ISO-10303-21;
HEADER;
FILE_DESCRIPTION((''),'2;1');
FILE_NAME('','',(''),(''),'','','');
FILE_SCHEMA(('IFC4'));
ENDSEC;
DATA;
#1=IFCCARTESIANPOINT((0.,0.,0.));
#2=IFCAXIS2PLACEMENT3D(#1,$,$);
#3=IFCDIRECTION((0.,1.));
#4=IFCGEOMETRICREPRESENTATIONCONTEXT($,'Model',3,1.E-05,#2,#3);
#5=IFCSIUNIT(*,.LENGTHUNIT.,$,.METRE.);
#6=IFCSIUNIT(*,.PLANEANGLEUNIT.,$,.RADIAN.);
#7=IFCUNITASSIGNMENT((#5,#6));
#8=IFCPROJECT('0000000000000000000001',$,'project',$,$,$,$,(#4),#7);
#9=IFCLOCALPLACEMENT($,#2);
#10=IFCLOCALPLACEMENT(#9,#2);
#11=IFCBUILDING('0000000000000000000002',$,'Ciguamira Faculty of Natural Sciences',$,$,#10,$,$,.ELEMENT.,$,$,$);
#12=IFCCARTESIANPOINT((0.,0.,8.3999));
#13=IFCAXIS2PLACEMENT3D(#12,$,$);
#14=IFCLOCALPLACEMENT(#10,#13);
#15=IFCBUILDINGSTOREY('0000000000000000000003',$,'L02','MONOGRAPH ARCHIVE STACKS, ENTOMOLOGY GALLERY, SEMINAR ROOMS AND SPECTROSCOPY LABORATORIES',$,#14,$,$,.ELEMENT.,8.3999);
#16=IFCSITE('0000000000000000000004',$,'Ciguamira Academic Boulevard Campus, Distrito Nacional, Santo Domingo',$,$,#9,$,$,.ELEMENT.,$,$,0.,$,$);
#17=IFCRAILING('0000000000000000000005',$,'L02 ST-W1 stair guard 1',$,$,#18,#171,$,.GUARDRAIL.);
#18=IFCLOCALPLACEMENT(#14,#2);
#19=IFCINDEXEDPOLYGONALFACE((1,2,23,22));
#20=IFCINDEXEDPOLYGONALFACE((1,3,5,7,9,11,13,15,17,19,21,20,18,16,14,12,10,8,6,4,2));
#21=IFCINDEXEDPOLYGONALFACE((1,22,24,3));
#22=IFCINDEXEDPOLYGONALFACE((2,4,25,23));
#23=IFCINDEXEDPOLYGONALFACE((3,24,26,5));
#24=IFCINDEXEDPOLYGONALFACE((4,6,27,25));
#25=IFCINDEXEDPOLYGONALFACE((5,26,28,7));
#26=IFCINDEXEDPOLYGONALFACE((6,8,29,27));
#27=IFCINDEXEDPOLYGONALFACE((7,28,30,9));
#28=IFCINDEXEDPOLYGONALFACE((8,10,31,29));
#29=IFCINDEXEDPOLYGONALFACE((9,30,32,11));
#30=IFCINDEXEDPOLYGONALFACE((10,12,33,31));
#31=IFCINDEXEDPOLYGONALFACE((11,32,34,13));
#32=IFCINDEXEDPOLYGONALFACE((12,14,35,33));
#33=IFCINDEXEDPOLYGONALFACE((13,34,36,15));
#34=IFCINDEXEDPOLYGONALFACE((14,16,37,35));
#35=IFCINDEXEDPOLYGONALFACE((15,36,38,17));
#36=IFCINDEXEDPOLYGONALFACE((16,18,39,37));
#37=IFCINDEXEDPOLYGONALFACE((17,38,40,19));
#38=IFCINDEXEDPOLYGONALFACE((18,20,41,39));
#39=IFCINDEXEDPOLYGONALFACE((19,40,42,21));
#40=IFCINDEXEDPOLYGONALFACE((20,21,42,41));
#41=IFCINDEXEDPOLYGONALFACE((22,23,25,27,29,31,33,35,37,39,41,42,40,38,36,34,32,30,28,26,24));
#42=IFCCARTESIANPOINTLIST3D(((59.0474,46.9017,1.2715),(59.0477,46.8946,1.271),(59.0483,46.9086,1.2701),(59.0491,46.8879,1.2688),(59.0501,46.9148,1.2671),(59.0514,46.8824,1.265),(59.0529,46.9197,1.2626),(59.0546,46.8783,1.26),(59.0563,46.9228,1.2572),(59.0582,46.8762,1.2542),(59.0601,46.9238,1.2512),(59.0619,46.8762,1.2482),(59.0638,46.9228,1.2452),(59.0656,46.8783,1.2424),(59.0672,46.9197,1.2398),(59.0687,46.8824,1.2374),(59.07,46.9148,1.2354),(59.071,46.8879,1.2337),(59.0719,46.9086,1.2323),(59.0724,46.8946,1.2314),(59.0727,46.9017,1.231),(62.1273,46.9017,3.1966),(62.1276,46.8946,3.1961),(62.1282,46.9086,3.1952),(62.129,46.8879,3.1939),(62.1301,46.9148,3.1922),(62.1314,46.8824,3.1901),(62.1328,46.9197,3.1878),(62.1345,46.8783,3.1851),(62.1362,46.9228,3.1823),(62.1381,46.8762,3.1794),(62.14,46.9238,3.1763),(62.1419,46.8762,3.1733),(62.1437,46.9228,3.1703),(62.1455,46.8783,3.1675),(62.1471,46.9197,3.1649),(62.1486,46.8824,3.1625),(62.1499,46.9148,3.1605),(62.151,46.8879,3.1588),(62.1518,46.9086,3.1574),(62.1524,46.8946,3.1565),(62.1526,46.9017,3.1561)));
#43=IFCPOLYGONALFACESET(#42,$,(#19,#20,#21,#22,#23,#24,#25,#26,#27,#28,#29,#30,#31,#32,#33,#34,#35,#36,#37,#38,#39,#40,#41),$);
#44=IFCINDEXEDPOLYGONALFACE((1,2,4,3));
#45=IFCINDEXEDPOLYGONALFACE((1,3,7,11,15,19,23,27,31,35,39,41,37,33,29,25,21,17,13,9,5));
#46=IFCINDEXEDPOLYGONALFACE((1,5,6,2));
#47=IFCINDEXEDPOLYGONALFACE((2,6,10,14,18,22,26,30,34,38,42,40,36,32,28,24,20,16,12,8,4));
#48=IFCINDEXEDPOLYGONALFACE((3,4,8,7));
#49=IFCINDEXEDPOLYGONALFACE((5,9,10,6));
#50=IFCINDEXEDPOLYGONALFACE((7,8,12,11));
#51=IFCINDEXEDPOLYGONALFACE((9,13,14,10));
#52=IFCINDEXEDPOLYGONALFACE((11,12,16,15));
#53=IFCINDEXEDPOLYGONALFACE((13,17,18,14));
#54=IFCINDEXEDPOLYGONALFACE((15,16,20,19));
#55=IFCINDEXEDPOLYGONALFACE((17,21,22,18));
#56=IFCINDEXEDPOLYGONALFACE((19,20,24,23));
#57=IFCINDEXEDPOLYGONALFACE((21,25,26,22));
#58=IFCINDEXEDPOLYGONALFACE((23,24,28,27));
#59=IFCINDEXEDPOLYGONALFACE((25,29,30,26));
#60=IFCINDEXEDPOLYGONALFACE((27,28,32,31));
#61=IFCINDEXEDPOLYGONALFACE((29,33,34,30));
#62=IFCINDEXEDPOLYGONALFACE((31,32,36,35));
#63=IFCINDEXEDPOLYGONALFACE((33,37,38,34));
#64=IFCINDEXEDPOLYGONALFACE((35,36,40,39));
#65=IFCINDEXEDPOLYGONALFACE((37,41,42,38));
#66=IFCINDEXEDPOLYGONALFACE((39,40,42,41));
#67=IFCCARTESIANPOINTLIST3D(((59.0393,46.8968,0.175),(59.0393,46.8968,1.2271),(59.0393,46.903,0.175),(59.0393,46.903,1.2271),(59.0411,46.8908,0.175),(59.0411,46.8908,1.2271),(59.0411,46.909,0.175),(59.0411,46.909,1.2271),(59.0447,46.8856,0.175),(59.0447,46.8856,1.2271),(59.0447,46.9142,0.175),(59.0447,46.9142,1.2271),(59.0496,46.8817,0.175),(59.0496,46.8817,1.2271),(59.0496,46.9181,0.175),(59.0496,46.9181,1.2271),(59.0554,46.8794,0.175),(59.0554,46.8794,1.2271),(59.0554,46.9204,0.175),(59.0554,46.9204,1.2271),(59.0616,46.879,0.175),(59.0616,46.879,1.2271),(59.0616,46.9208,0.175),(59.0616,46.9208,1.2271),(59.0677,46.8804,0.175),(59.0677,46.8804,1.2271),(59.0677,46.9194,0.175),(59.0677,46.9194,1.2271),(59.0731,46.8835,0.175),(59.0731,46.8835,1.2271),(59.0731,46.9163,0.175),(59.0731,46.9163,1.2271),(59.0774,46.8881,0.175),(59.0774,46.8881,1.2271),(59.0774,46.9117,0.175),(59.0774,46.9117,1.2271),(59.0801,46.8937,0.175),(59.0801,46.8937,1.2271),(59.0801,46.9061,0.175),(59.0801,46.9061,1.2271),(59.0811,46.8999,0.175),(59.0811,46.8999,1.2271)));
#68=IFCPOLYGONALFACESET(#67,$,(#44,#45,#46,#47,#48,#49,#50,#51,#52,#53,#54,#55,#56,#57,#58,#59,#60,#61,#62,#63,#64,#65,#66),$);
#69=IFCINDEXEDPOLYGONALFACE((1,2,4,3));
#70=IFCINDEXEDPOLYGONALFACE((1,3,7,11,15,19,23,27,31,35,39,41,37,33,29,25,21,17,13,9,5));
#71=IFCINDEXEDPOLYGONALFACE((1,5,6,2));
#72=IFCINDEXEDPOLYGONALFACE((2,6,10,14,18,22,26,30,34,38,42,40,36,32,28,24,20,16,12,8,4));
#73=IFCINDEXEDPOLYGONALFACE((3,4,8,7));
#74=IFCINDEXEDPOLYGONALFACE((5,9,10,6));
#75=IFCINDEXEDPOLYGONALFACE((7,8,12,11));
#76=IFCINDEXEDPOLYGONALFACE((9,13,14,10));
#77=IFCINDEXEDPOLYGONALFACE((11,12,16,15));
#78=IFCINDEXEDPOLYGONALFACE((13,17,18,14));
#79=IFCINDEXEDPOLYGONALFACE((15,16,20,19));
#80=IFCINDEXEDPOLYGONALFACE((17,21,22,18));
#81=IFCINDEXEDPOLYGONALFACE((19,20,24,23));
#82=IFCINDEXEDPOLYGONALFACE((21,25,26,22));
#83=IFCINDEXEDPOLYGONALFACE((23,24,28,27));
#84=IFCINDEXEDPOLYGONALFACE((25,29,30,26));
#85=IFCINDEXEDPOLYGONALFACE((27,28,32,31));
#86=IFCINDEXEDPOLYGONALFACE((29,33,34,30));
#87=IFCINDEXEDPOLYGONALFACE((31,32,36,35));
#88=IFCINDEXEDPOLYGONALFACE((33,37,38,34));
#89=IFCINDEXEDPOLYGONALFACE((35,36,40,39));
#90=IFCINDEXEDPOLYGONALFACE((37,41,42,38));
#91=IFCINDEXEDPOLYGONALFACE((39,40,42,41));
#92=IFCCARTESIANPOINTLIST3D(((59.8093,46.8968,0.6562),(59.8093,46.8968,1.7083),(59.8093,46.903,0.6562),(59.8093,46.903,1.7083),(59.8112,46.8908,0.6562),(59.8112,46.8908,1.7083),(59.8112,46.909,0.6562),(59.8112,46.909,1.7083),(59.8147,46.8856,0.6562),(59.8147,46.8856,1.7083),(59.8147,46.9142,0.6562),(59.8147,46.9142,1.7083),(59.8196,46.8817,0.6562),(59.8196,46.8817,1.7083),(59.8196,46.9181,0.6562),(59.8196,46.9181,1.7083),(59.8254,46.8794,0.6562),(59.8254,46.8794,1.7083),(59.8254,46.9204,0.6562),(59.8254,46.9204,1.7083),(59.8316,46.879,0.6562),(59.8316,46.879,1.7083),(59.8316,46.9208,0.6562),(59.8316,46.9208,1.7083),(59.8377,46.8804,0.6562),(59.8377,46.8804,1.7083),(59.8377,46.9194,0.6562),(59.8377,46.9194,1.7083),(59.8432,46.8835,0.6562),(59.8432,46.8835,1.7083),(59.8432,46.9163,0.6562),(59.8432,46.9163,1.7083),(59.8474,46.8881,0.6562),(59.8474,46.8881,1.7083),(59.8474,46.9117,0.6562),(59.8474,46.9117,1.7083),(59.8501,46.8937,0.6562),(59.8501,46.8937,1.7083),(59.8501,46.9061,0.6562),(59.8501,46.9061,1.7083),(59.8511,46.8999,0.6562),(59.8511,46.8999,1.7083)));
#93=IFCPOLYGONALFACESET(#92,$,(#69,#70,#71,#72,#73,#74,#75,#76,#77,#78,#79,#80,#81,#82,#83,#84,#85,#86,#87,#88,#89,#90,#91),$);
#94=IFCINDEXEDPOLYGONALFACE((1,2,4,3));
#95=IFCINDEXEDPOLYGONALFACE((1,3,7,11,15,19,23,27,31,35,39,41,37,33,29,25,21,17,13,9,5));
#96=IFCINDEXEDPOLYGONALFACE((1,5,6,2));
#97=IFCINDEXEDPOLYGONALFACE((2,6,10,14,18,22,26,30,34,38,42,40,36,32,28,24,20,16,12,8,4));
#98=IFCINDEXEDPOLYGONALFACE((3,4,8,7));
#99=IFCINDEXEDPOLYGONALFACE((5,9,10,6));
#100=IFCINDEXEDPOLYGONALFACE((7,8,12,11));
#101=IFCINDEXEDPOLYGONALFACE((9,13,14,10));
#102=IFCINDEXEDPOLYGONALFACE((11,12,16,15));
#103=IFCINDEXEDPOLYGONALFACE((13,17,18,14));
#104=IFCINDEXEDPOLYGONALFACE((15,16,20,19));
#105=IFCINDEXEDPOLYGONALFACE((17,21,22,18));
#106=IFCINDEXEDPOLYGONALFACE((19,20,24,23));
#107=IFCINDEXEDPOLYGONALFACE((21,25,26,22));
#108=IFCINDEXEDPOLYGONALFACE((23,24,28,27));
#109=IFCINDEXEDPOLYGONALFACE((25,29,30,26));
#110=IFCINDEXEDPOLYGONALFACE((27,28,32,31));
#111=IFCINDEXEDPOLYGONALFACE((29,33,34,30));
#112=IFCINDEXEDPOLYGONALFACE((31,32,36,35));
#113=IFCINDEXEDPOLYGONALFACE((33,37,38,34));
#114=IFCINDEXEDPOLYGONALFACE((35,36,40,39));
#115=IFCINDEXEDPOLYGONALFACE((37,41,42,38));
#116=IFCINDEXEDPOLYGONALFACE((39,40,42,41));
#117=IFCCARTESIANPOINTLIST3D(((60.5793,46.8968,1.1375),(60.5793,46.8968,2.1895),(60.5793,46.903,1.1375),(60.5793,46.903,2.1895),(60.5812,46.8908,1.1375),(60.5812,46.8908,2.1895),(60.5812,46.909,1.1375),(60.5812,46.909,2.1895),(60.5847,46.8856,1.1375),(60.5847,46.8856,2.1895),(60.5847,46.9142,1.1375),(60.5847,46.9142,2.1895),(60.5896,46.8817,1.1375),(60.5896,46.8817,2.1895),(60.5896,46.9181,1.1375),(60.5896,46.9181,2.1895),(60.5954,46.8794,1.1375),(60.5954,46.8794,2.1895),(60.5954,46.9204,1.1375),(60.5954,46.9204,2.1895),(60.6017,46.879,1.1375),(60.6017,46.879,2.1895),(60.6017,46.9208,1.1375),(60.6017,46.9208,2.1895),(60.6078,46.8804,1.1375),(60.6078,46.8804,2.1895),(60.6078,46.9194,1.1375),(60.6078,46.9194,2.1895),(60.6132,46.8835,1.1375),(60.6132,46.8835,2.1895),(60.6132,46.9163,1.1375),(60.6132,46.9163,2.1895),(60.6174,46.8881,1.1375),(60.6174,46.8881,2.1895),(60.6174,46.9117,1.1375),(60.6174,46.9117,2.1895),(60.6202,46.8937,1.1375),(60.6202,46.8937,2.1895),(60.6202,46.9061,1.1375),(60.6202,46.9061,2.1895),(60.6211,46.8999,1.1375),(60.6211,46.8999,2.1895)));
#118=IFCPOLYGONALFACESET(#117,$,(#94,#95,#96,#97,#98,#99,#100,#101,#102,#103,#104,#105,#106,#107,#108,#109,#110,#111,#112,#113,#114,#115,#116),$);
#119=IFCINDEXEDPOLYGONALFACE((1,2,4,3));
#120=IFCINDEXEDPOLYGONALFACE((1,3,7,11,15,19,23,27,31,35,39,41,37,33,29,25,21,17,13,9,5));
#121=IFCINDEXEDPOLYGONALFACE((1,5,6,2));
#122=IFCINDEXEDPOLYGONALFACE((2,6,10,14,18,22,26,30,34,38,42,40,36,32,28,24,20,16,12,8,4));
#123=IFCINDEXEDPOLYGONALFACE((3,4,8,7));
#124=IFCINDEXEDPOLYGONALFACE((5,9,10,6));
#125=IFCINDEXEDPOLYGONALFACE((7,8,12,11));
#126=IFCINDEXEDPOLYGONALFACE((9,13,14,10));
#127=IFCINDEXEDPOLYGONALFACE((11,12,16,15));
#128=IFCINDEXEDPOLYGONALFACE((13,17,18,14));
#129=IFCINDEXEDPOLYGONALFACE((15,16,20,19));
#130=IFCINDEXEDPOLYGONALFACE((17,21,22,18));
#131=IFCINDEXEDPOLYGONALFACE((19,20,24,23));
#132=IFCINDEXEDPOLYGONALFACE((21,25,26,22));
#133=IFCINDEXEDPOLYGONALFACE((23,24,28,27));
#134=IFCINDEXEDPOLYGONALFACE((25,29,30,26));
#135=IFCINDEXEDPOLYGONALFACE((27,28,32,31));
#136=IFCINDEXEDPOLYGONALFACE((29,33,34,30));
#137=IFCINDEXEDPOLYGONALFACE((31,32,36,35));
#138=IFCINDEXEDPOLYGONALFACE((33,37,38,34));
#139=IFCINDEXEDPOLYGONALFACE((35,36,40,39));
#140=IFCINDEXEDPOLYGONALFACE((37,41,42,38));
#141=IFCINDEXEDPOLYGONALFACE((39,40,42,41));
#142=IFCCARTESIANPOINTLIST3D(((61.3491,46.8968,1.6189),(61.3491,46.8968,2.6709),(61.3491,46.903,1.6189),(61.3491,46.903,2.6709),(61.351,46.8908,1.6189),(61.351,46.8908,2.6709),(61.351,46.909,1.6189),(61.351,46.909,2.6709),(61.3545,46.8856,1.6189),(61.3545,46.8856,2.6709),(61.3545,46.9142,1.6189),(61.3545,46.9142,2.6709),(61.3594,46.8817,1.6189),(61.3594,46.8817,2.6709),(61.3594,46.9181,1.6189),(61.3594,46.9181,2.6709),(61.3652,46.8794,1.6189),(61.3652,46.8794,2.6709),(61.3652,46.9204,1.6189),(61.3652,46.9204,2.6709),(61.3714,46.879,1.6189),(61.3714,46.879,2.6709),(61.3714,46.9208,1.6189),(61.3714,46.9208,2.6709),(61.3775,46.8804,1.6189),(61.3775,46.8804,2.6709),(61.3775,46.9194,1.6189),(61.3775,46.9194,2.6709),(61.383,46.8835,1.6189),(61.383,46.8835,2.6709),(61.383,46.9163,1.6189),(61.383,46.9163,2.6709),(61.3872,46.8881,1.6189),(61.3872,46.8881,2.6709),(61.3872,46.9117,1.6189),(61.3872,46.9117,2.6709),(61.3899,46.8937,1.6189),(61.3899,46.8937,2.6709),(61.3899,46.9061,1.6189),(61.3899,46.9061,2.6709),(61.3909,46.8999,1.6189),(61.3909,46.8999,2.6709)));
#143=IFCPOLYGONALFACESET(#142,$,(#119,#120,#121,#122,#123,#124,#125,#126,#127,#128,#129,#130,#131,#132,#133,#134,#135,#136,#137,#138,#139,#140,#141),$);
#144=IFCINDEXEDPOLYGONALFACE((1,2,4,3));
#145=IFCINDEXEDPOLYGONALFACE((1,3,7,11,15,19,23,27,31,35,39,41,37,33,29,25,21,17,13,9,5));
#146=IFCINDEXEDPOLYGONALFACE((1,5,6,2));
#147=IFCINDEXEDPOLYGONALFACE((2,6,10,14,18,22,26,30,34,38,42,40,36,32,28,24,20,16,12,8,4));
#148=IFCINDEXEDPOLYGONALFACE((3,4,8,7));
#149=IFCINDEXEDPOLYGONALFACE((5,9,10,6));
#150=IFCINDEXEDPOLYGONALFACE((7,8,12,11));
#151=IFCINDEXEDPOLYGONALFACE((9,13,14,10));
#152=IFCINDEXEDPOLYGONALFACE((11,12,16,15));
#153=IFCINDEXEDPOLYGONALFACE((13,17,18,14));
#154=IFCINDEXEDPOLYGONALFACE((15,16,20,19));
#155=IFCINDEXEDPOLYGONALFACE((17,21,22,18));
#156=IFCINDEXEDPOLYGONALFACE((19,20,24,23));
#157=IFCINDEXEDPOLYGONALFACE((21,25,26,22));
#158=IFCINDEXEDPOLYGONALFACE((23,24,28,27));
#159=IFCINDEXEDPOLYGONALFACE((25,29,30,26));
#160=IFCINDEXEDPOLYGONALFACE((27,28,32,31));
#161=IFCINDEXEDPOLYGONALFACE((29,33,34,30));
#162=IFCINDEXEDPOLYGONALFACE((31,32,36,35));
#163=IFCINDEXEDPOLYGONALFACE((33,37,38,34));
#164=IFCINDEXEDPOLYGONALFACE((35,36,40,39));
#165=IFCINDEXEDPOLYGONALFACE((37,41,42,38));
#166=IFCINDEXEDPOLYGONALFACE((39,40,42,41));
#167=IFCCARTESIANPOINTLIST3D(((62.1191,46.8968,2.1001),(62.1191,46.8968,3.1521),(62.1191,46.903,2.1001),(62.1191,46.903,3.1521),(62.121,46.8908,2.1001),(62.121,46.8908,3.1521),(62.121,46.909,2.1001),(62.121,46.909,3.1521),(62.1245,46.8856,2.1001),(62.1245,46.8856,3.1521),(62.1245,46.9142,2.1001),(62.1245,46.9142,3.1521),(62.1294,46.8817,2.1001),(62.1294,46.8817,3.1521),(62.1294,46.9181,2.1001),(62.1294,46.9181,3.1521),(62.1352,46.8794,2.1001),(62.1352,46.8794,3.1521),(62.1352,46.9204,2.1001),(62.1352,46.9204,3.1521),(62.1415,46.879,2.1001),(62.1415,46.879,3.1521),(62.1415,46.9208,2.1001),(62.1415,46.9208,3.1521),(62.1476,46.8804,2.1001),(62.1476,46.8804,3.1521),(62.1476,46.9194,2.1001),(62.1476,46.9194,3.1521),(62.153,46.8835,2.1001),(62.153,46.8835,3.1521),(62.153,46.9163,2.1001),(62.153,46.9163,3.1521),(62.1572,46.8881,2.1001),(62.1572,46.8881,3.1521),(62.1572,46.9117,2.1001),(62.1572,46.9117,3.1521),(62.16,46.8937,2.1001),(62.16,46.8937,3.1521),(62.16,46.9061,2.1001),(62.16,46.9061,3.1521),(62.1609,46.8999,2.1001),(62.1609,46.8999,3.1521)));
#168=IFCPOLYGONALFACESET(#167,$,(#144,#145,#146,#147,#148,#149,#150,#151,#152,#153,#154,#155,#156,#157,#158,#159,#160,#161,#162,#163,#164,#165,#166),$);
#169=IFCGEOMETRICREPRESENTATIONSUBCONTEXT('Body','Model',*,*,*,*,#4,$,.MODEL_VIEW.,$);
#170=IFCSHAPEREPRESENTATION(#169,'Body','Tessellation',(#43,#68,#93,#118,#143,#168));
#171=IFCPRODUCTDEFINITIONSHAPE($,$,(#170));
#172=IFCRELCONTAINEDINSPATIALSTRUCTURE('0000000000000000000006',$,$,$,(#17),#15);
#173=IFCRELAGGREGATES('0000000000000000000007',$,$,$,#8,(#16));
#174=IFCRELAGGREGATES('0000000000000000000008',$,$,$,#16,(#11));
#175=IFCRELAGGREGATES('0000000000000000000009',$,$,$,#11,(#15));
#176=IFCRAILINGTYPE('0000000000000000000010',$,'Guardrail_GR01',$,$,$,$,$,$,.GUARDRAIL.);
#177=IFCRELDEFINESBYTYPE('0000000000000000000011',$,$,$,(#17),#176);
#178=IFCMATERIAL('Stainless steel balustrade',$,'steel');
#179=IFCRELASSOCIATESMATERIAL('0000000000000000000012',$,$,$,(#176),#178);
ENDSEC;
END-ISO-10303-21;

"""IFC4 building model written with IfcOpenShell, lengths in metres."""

from ifc_helpers import new_model, si_unit, direction, frame, origin, origin_2d, place, context, subcontext, project, spatial, circle, extrude, material, type_object, element, save


model = new_model("IFC4")

# Units and contexts
model_context = context("Model", 3, precision=1e-05, world=origin(), true_north=direction((0.0, 1.0)))
body_context = subcontext(model_context, "Body", "Model", "MODEL_VIEW")
ifc_project = project(units=[si_unit("LENGTHUNIT", "METRE"), si_unit("PLANEANGLEUNIT", "RADIAN")], contexts=[model_context])

# Site, building, storey
site_placement = place(None, origin())
site = spatial("IfcSite", under=ifc_project, at=site_placement, Name="Ciguamira Academic Boulevard Campus, Distrito Nacional, Santo Domingo", CompositionType="ELEMENT", RefElevation=0.0)
building_placement = place(site_placement, origin())
building = spatial("IfcBuilding", under=site, at=building_placement, Name="Ciguamira Faculty of Natural Sciences", CompositionType="ELEMENT")
storey_placement = place(building_placement, frame((0.0, 0.0, 8.3999)))
storey = spatial("IfcBuildingStorey", under=building, at=storey_placement, Name="L02", Description="MONOGRAPH ARCHIVE STACKS, ENTOMOLOGY GALLERY, SEMINAR ROOMS AND SPECTROSCOPY LABORATORIES", CompositionType="ELEMENT", Elevation=8.3999)

# Railing
ifc_material_1 = material(Name="Stainless steel balustrade", Category="steel")
railing_type_1 = type_object("IfcRailingType", Name="Guardrail_GR01", PredefinedType="GUARDRAIL", material=ifc_material_1)
railing_1_placement = place(storey_placement, frame((59.0601, 46.8999, 0.175)))
element("IfcRailing", 1, at=railing_1_placement, inside=storey, type_object=railing_type_1, Name="L02 ST-W1 stair guard 1", PredefinedType="GUARDRAIL", context=body_context, shape_type="SweptSolid", body=[
    extrude(circle(Radius=0.0239, at=origin_2d()), frame((0.0, 0.0, 1.0762), z_axis=(0.847979, 0.0, 0.530029), x_axis=(0.0, 1.0, 0.0)), (0.0, 0.0, 1.0), 3.6321),
    extrude(circle(Radius=0.021, at=origin_2d()), origin(), (0.0, 0.0, 1.0), 1.052),
    extrude(circle(Radius=0.021, at=origin_2d()), frame((0.77, 0.0, 0.4812)), (0.0, 0.0, 1.0), 1.052),
    extrude(circle(Radius=0.021, at=origin_2d()), frame((1.54, 0.0, 0.9624)), (0.0, 0.0, 1.0), 1.052),
    extrude(circle(Radius=0.021, at=origin_2d()), frame((2.3098, 0.0, 1.4438)), (0.0, 0.0, 1.0), 1.052),
    extrude(circle(Radius=0.021, at=origin_2d()), frame((3.0798, 0.0, 1.925)), (0.0, 0.0, 1.0), 1.052),
])

save(model, "model.ifc")
